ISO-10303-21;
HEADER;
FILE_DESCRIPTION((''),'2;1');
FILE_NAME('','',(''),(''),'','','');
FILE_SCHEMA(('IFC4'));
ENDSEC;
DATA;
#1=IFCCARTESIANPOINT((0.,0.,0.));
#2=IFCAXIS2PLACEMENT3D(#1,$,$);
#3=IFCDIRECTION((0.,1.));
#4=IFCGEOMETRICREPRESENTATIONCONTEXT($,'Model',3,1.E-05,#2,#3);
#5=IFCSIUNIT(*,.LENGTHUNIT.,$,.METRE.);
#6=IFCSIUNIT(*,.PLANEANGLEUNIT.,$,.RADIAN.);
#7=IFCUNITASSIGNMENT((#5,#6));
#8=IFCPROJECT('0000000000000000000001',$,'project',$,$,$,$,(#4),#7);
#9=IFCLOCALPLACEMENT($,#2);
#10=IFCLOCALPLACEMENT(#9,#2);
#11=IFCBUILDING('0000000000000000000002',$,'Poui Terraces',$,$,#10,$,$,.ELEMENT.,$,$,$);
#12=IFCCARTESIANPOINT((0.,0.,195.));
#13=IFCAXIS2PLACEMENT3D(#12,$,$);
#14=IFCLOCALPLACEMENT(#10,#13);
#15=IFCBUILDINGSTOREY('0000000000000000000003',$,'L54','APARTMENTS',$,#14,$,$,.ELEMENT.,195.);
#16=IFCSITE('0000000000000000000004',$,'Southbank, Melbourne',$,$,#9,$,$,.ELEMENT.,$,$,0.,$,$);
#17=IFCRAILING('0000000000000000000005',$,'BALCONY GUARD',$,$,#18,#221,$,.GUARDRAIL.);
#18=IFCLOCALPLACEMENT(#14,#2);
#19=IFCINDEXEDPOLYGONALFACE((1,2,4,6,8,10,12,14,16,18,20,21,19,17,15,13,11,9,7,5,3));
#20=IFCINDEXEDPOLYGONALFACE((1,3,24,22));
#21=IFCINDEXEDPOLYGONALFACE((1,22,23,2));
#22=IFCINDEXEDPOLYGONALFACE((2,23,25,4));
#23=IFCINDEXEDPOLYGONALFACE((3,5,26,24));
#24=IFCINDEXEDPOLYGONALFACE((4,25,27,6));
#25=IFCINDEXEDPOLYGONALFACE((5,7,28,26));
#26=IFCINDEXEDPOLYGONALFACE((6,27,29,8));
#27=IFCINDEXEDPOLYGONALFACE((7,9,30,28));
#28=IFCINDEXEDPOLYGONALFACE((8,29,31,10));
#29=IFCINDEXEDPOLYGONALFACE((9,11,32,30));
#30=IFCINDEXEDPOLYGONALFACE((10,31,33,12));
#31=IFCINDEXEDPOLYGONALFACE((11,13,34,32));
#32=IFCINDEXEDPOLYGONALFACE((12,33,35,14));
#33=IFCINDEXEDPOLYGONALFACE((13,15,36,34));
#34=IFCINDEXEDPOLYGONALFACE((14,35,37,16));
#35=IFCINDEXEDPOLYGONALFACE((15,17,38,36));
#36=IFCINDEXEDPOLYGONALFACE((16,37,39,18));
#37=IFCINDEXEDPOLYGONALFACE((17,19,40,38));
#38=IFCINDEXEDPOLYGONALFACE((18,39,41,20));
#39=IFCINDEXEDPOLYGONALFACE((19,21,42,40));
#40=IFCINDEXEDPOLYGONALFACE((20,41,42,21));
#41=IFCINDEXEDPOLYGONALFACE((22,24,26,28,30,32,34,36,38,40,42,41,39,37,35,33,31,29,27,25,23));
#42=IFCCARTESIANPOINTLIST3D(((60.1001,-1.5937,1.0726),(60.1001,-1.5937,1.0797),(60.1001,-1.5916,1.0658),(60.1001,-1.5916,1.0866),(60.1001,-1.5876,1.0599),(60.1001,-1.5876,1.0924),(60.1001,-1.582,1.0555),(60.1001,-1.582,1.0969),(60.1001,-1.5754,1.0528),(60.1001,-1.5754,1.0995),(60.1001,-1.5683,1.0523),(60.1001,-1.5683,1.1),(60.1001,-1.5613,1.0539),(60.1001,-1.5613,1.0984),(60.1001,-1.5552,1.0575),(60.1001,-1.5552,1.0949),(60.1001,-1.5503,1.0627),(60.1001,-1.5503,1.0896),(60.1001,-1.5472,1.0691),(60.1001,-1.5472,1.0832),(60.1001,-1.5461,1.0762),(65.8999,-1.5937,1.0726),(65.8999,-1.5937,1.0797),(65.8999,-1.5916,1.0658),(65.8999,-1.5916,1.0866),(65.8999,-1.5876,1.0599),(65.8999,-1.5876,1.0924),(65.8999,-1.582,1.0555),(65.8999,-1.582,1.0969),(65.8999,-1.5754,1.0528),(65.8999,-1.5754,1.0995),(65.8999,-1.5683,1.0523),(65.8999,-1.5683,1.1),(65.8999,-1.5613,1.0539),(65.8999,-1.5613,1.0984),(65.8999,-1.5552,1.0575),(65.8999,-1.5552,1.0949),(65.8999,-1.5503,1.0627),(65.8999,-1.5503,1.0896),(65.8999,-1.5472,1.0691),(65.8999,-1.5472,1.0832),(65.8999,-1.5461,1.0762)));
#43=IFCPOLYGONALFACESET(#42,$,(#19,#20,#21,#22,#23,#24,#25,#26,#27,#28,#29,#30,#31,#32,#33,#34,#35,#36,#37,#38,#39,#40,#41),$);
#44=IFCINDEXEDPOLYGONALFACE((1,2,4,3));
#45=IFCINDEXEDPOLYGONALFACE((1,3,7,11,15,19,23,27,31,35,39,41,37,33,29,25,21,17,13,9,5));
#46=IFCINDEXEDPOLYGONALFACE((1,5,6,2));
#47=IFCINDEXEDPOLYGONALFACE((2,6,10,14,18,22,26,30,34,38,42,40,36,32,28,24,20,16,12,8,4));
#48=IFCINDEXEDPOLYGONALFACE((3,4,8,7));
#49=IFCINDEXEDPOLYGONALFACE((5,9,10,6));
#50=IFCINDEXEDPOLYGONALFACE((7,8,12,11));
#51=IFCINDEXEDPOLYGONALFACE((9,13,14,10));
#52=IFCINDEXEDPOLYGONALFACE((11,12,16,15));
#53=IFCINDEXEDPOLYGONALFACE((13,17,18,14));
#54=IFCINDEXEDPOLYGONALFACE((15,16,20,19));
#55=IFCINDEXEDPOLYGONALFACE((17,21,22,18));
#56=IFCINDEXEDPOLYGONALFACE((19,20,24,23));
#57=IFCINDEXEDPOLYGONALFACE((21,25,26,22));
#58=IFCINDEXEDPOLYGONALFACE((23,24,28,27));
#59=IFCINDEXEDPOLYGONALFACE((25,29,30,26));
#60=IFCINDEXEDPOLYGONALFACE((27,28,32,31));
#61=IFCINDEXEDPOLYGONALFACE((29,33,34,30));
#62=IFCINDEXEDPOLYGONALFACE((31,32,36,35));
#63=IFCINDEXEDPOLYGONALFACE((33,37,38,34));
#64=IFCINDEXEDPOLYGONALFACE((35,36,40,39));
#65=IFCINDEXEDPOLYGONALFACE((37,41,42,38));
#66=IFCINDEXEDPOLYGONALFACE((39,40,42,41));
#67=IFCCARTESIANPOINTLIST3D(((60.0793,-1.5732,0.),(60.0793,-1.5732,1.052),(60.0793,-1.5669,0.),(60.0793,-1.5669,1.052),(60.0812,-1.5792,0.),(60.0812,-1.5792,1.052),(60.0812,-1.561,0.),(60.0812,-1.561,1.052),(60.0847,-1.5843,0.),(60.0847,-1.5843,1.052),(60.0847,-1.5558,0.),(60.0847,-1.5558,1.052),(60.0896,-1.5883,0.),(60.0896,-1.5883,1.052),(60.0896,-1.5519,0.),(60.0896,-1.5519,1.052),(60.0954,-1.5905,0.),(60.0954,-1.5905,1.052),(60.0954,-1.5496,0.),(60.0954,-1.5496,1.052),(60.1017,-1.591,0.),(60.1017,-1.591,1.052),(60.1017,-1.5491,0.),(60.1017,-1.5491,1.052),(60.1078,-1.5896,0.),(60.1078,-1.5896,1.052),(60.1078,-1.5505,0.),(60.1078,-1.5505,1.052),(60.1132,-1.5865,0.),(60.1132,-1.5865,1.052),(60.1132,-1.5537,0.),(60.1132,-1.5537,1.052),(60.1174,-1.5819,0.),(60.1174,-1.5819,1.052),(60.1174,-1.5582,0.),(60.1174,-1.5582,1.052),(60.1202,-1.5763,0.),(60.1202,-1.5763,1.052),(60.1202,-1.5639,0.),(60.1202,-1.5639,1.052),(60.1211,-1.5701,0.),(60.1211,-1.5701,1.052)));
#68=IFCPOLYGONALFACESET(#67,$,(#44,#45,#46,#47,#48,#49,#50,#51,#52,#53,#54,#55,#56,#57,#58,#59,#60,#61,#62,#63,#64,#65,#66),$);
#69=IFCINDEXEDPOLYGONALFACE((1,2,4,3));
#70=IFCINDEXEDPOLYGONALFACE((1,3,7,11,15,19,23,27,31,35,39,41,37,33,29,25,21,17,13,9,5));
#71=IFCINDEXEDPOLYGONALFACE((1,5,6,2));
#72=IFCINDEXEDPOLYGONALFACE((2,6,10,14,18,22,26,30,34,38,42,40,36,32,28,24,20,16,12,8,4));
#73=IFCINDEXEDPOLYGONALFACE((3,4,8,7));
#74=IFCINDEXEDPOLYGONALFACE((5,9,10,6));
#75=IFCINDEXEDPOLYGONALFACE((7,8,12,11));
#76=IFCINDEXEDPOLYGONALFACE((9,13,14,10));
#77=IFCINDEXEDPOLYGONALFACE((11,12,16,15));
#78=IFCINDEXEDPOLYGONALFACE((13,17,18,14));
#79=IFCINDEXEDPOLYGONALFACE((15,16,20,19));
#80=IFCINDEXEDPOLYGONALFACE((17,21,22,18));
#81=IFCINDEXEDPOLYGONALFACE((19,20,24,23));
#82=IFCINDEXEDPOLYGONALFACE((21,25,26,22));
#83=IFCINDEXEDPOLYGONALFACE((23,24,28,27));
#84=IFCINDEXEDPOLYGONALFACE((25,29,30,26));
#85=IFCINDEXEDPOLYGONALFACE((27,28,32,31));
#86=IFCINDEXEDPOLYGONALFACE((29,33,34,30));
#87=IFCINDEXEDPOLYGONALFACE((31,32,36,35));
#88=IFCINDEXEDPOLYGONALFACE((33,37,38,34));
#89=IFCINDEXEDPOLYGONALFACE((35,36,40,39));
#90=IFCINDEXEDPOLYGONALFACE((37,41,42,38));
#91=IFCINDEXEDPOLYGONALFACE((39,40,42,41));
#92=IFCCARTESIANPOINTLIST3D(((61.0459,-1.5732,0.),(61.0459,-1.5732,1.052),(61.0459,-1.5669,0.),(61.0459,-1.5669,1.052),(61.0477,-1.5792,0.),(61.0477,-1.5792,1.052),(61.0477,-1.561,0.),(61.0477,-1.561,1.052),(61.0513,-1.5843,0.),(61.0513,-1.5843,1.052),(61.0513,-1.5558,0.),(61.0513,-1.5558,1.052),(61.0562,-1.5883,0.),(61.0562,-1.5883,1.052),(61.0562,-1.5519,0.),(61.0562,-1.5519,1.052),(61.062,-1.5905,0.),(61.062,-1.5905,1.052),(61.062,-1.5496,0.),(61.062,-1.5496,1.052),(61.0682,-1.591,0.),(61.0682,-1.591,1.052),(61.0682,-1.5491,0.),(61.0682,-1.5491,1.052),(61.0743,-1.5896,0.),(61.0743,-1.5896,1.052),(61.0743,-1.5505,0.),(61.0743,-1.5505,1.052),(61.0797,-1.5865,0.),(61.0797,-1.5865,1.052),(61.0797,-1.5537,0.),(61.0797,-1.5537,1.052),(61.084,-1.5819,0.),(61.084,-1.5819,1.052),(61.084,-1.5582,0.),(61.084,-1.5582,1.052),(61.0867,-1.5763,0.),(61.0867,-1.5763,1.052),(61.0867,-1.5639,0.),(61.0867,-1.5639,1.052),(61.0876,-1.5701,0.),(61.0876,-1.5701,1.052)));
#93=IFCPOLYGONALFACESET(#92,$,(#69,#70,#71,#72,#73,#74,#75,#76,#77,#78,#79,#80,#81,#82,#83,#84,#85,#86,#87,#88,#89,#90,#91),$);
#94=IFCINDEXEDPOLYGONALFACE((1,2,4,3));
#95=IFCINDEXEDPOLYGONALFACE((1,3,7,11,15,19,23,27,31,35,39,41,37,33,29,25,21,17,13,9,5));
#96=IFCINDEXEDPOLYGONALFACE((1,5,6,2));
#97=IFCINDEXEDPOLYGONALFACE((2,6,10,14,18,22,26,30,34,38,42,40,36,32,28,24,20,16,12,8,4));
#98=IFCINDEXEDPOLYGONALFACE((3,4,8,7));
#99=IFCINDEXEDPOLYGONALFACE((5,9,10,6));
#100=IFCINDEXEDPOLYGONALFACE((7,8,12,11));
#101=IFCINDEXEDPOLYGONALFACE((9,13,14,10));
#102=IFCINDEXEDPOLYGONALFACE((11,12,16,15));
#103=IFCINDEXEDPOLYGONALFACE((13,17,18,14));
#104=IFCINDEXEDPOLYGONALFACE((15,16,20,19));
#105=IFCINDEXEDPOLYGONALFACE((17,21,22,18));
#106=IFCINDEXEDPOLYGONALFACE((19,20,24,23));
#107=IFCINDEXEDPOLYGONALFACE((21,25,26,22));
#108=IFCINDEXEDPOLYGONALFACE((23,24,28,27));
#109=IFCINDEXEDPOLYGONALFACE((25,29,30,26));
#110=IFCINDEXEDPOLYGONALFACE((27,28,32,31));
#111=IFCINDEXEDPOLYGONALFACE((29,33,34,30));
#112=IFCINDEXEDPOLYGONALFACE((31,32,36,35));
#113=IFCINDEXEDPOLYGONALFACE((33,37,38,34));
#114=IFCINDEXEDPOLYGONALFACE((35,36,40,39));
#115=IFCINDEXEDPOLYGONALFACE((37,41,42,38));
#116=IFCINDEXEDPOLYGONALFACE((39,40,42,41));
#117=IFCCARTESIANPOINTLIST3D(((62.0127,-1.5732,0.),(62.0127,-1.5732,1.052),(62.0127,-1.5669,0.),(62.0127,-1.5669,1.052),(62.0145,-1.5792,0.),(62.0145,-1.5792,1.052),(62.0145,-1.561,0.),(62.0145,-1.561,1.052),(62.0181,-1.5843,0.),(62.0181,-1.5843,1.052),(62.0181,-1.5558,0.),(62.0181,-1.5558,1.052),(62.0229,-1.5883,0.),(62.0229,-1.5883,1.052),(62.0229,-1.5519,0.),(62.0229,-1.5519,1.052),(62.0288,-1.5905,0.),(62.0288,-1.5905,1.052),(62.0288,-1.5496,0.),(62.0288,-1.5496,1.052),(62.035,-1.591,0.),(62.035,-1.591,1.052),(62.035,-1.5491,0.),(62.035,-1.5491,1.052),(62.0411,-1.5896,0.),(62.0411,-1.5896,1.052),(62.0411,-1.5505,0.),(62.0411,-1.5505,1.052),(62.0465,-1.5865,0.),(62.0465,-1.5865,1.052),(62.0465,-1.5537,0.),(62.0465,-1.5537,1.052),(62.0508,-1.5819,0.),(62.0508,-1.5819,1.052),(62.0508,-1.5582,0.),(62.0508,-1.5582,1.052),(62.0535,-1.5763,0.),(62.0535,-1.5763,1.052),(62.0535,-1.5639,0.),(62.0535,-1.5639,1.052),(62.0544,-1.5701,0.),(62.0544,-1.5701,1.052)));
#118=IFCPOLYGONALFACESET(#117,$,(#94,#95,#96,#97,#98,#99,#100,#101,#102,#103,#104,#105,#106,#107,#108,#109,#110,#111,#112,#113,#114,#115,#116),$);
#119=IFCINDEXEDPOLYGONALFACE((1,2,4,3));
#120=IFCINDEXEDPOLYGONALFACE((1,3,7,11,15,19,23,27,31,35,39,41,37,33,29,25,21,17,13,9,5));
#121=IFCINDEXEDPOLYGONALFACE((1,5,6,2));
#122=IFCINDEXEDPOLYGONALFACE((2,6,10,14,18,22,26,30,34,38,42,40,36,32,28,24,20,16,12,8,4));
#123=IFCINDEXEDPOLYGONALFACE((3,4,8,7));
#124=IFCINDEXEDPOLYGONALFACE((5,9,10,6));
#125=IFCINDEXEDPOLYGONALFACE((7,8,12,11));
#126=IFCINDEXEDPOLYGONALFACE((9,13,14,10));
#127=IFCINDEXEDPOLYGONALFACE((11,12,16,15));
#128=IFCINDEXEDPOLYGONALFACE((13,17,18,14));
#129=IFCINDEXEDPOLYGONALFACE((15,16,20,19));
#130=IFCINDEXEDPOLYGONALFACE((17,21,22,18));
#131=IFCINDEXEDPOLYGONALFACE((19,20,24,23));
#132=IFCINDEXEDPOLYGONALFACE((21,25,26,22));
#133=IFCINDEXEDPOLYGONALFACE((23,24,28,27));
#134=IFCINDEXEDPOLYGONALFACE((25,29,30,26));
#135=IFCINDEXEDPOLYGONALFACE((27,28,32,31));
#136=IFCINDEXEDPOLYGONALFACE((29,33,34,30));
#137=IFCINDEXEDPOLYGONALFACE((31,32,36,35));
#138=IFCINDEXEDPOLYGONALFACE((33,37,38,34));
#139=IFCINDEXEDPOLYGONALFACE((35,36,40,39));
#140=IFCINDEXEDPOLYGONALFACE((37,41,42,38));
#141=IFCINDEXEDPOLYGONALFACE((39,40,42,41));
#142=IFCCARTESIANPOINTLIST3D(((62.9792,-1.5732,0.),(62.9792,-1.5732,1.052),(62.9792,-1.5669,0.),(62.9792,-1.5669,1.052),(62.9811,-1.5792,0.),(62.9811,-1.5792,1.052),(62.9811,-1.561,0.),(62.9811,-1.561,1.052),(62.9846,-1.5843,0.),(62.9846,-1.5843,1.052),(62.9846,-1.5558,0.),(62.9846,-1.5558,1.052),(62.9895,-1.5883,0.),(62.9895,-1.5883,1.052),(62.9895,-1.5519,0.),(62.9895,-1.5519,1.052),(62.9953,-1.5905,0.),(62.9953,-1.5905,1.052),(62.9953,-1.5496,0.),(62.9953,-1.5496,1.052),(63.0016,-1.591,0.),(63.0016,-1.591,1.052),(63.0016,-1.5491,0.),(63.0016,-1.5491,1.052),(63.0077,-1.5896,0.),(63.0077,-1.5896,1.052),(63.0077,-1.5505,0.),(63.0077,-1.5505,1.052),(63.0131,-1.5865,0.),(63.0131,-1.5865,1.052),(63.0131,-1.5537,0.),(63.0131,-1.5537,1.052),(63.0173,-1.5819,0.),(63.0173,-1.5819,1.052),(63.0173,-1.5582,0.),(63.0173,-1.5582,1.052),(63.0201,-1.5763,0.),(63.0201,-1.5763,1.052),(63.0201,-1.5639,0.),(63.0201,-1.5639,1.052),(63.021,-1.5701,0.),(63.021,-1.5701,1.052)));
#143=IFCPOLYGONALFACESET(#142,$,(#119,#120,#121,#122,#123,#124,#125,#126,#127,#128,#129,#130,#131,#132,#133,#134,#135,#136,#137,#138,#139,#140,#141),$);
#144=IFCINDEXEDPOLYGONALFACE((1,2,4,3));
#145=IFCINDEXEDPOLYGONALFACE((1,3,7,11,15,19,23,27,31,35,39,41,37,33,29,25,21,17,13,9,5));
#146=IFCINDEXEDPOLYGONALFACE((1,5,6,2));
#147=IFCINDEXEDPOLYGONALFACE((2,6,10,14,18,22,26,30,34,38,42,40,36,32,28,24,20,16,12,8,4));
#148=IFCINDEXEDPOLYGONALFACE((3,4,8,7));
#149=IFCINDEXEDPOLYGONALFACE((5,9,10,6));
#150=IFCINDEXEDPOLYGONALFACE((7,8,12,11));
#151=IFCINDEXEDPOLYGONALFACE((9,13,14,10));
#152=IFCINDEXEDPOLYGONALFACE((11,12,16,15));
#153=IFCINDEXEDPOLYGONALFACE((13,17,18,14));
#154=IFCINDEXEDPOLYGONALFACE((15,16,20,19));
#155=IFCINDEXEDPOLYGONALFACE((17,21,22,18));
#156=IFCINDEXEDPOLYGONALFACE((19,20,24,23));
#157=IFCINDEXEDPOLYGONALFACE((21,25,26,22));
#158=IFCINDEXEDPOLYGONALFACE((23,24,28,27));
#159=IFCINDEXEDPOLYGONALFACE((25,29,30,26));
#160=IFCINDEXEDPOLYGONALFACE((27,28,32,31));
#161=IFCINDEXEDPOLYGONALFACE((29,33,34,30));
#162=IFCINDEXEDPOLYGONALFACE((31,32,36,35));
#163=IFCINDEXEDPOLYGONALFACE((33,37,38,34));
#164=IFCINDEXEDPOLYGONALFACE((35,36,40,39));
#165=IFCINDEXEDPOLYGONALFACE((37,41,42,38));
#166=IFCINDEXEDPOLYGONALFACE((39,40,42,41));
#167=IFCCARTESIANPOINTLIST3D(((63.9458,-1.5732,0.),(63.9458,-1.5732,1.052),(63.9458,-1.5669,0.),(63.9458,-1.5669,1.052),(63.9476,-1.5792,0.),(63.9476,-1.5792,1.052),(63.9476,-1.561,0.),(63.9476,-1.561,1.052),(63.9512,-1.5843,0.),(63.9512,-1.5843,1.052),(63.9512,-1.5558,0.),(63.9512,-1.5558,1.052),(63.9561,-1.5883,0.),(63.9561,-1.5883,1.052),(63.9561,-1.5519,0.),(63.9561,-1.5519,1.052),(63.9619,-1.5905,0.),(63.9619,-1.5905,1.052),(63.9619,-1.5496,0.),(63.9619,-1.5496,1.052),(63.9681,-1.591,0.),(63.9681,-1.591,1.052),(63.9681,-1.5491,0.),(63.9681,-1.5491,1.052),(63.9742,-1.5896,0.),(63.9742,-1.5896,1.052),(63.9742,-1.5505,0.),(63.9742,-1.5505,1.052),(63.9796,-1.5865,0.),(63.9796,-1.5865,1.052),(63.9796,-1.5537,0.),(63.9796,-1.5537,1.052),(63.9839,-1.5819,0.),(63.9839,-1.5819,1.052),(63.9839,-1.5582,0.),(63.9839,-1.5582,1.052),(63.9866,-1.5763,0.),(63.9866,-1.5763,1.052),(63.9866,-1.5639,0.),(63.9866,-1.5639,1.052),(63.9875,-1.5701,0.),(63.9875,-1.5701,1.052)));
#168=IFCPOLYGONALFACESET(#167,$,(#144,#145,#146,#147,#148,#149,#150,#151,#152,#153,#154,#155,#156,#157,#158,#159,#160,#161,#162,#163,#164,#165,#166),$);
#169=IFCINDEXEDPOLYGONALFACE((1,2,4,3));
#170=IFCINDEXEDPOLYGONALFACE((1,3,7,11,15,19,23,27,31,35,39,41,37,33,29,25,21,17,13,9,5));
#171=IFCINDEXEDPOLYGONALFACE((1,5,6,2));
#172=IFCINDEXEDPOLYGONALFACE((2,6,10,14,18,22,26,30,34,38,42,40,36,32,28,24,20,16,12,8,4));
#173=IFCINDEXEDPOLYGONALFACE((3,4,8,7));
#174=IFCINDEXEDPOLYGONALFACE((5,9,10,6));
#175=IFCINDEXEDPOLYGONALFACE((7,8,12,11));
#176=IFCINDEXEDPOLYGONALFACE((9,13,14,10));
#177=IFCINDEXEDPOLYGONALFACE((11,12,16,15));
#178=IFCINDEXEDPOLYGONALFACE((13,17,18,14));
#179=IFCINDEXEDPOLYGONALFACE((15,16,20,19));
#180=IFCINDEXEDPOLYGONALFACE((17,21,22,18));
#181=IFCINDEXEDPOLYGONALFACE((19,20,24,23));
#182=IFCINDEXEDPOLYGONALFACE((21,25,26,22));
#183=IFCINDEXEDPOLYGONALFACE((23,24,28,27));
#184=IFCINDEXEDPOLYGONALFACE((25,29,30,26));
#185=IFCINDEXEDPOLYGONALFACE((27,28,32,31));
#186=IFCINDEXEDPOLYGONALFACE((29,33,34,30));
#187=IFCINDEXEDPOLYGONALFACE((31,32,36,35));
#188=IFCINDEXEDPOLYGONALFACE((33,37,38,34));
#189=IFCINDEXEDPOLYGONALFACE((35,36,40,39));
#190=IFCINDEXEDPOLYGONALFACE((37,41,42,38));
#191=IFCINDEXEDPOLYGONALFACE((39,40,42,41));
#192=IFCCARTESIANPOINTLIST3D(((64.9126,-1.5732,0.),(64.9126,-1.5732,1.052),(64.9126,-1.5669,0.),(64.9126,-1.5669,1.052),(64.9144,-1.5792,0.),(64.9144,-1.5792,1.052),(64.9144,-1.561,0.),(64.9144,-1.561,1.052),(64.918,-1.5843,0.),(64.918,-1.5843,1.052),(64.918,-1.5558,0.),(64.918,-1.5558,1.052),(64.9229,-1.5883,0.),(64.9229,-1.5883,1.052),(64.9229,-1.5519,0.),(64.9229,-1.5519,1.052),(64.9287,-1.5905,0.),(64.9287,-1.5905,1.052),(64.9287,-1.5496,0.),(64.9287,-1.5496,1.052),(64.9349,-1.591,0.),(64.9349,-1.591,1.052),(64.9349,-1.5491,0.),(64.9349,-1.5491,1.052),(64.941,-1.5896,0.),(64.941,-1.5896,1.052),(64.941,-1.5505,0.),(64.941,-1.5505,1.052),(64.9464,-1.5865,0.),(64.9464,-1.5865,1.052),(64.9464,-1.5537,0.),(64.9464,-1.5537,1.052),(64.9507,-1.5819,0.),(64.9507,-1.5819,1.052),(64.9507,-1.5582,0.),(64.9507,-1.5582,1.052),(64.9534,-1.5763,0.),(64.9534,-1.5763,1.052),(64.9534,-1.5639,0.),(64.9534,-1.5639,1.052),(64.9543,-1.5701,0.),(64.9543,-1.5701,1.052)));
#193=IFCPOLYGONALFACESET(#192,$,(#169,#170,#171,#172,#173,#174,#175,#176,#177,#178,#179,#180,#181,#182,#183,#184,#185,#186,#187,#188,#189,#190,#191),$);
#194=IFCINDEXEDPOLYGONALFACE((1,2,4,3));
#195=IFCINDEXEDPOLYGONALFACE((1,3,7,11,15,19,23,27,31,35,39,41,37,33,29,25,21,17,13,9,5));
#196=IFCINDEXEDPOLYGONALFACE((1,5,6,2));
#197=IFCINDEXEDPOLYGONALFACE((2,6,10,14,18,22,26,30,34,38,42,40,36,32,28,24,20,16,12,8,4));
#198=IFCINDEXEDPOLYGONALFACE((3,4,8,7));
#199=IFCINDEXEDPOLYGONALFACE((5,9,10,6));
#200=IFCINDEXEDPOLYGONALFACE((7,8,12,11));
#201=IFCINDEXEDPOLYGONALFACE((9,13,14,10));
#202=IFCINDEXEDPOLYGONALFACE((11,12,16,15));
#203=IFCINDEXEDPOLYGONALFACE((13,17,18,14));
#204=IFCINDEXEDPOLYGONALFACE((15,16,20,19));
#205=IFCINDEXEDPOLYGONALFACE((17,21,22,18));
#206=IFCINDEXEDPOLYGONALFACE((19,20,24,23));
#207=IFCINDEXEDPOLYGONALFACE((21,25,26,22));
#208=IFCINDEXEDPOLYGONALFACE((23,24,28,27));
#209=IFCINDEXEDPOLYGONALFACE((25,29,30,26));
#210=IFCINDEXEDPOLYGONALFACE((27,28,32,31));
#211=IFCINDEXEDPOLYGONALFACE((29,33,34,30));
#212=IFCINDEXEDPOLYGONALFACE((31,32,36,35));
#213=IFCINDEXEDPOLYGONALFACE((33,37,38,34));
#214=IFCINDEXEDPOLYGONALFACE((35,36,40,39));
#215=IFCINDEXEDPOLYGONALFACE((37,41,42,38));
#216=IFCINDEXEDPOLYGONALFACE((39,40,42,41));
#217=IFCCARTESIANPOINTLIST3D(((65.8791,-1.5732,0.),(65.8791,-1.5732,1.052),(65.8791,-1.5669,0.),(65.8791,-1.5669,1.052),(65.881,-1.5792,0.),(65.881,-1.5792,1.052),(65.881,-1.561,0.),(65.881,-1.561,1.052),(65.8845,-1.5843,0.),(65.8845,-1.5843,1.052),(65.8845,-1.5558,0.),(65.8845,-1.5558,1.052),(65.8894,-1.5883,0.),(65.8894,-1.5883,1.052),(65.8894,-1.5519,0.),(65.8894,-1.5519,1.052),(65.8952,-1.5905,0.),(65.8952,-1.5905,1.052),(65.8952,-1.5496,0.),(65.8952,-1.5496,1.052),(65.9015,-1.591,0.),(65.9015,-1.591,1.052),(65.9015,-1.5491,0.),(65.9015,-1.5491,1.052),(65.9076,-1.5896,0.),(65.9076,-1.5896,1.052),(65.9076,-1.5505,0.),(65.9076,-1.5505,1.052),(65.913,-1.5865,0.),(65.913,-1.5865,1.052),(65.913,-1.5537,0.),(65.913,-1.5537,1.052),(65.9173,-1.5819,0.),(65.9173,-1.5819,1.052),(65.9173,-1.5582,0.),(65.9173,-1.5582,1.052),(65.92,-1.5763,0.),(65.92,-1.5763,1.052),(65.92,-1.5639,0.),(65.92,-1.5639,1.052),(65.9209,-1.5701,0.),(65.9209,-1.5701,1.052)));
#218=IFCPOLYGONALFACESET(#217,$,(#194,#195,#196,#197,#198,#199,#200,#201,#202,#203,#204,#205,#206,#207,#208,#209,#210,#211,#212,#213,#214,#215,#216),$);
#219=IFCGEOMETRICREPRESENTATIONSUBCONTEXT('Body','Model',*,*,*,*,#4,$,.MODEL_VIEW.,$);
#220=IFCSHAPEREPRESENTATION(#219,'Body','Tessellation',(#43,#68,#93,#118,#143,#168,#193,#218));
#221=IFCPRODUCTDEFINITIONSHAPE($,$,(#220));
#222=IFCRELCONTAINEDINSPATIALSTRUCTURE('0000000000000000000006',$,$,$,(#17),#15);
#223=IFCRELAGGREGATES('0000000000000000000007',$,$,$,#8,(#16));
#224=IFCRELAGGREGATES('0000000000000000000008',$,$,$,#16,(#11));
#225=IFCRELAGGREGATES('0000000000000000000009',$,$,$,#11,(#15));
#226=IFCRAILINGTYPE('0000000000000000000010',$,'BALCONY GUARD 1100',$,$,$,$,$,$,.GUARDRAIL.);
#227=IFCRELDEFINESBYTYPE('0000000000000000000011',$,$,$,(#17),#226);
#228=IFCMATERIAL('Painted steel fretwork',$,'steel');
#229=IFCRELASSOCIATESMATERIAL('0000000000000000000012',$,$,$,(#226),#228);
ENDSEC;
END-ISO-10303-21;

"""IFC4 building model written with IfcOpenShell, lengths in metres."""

from ifc_helpers import new_model, si_unit, direction, frame, origin, origin_2d, place, context, subcontext, project, spatial, circle, extrude, material, type_object, element, save


model = new_model("IFC4")

# Units and contexts
model_context = context("Model", 3, precision=1e-05, world=origin(), true_north=direction((0.0, 1.0)))
body_context = subcontext(model_context, "Body", "Model", "MODEL_VIEW")
ifc_project = project(units=[si_unit("LENGTHUNIT", "METRE"), si_unit("PLANEANGLEUNIT", "RADIAN")], contexts=[model_context])

# Site, building, storey
site_placement = place(None, origin())
site = spatial("IfcSite", under=ifc_project, at=site_placement, Name="Southbank, Melbourne", CompositionType="ELEMENT", RefElevation=0.0)
building_placement = place(site_placement, origin())
building = spatial("IfcBuilding", under=site, at=building_placement, Name="Poui Terraces", CompositionType="ELEMENT")
storey_placement = place(building_placement, frame((0.0, 0.0, 195.0)))
storey = spatial("IfcBuildingStorey", under=building, at=storey_placement, Name="L54", Description="APARTMENTS", CompositionType="ELEMENT", Elevation=195.0)

# Railing
ifc_material_1 = material(Name="Painted steel fretwork", Category="steel")
railing_type = type_object("IfcRailingType", Name="BALCONY GUARD 1100", PredefinedType="GUARDRAIL", material=ifc_material_1)
railing_placement = place(storey_placement, frame((60.1001, -1.5701, 0.0)))
element("IfcRailing", 1, at=railing_placement, inside=storey, type_object=railing_type, Name="BALCONY GUARD", PredefinedType="GUARDRAIL", context=body_context, shape_type="SweptSolid", body=[
    extrude(circle(Radius=0.0239, at=origin_2d()), frame((0.0, 0.0, 1.0762), z_axis=(1.0, 0.0, 0.0), x_axis=(0.0, 1.0, 0.0)), (0.0, 0.0, 1.0), 5.7998),
    extrude(circle(Radius=0.021, at=origin_2d()), origin(), (0.0, 0.0, 1.0), 1.052),
    extrude(circle(Radius=0.021, at=origin_2d()), frame((0.9666, 0.0, 0.0)), (0.0, 0.0, 1.0), 1.052),
    extrude(circle(Radius=0.021, at=origin_2d()), frame((1.9333, 0.0, 0.0)), (0.0, 0.0, 1.0), 1.052),
    extrude(circle(Radius=0.021, at=origin_2d()), frame((2.8999, 0.0, 0.0)), (0.0, 0.0, 1.0), 1.052),
    extrude(circle(Radius=0.021, at=origin_2d()), frame((3.8665, 0.0, 0.0)), (0.0, 0.0, 1.0), 1.052),
    extrude(circle(Radius=0.021, at=origin_2d()), frame((4.8333, 0.0, 0.0)), (0.0, 0.0, 1.0), 1.052),
    extrude(circle(Radius=0.021, at=origin_2d()), frame((5.7998, 0.0, 0.0)), (0.0, 0.0, 1.0), 1.052),
])

save(model, "model.ifc")
